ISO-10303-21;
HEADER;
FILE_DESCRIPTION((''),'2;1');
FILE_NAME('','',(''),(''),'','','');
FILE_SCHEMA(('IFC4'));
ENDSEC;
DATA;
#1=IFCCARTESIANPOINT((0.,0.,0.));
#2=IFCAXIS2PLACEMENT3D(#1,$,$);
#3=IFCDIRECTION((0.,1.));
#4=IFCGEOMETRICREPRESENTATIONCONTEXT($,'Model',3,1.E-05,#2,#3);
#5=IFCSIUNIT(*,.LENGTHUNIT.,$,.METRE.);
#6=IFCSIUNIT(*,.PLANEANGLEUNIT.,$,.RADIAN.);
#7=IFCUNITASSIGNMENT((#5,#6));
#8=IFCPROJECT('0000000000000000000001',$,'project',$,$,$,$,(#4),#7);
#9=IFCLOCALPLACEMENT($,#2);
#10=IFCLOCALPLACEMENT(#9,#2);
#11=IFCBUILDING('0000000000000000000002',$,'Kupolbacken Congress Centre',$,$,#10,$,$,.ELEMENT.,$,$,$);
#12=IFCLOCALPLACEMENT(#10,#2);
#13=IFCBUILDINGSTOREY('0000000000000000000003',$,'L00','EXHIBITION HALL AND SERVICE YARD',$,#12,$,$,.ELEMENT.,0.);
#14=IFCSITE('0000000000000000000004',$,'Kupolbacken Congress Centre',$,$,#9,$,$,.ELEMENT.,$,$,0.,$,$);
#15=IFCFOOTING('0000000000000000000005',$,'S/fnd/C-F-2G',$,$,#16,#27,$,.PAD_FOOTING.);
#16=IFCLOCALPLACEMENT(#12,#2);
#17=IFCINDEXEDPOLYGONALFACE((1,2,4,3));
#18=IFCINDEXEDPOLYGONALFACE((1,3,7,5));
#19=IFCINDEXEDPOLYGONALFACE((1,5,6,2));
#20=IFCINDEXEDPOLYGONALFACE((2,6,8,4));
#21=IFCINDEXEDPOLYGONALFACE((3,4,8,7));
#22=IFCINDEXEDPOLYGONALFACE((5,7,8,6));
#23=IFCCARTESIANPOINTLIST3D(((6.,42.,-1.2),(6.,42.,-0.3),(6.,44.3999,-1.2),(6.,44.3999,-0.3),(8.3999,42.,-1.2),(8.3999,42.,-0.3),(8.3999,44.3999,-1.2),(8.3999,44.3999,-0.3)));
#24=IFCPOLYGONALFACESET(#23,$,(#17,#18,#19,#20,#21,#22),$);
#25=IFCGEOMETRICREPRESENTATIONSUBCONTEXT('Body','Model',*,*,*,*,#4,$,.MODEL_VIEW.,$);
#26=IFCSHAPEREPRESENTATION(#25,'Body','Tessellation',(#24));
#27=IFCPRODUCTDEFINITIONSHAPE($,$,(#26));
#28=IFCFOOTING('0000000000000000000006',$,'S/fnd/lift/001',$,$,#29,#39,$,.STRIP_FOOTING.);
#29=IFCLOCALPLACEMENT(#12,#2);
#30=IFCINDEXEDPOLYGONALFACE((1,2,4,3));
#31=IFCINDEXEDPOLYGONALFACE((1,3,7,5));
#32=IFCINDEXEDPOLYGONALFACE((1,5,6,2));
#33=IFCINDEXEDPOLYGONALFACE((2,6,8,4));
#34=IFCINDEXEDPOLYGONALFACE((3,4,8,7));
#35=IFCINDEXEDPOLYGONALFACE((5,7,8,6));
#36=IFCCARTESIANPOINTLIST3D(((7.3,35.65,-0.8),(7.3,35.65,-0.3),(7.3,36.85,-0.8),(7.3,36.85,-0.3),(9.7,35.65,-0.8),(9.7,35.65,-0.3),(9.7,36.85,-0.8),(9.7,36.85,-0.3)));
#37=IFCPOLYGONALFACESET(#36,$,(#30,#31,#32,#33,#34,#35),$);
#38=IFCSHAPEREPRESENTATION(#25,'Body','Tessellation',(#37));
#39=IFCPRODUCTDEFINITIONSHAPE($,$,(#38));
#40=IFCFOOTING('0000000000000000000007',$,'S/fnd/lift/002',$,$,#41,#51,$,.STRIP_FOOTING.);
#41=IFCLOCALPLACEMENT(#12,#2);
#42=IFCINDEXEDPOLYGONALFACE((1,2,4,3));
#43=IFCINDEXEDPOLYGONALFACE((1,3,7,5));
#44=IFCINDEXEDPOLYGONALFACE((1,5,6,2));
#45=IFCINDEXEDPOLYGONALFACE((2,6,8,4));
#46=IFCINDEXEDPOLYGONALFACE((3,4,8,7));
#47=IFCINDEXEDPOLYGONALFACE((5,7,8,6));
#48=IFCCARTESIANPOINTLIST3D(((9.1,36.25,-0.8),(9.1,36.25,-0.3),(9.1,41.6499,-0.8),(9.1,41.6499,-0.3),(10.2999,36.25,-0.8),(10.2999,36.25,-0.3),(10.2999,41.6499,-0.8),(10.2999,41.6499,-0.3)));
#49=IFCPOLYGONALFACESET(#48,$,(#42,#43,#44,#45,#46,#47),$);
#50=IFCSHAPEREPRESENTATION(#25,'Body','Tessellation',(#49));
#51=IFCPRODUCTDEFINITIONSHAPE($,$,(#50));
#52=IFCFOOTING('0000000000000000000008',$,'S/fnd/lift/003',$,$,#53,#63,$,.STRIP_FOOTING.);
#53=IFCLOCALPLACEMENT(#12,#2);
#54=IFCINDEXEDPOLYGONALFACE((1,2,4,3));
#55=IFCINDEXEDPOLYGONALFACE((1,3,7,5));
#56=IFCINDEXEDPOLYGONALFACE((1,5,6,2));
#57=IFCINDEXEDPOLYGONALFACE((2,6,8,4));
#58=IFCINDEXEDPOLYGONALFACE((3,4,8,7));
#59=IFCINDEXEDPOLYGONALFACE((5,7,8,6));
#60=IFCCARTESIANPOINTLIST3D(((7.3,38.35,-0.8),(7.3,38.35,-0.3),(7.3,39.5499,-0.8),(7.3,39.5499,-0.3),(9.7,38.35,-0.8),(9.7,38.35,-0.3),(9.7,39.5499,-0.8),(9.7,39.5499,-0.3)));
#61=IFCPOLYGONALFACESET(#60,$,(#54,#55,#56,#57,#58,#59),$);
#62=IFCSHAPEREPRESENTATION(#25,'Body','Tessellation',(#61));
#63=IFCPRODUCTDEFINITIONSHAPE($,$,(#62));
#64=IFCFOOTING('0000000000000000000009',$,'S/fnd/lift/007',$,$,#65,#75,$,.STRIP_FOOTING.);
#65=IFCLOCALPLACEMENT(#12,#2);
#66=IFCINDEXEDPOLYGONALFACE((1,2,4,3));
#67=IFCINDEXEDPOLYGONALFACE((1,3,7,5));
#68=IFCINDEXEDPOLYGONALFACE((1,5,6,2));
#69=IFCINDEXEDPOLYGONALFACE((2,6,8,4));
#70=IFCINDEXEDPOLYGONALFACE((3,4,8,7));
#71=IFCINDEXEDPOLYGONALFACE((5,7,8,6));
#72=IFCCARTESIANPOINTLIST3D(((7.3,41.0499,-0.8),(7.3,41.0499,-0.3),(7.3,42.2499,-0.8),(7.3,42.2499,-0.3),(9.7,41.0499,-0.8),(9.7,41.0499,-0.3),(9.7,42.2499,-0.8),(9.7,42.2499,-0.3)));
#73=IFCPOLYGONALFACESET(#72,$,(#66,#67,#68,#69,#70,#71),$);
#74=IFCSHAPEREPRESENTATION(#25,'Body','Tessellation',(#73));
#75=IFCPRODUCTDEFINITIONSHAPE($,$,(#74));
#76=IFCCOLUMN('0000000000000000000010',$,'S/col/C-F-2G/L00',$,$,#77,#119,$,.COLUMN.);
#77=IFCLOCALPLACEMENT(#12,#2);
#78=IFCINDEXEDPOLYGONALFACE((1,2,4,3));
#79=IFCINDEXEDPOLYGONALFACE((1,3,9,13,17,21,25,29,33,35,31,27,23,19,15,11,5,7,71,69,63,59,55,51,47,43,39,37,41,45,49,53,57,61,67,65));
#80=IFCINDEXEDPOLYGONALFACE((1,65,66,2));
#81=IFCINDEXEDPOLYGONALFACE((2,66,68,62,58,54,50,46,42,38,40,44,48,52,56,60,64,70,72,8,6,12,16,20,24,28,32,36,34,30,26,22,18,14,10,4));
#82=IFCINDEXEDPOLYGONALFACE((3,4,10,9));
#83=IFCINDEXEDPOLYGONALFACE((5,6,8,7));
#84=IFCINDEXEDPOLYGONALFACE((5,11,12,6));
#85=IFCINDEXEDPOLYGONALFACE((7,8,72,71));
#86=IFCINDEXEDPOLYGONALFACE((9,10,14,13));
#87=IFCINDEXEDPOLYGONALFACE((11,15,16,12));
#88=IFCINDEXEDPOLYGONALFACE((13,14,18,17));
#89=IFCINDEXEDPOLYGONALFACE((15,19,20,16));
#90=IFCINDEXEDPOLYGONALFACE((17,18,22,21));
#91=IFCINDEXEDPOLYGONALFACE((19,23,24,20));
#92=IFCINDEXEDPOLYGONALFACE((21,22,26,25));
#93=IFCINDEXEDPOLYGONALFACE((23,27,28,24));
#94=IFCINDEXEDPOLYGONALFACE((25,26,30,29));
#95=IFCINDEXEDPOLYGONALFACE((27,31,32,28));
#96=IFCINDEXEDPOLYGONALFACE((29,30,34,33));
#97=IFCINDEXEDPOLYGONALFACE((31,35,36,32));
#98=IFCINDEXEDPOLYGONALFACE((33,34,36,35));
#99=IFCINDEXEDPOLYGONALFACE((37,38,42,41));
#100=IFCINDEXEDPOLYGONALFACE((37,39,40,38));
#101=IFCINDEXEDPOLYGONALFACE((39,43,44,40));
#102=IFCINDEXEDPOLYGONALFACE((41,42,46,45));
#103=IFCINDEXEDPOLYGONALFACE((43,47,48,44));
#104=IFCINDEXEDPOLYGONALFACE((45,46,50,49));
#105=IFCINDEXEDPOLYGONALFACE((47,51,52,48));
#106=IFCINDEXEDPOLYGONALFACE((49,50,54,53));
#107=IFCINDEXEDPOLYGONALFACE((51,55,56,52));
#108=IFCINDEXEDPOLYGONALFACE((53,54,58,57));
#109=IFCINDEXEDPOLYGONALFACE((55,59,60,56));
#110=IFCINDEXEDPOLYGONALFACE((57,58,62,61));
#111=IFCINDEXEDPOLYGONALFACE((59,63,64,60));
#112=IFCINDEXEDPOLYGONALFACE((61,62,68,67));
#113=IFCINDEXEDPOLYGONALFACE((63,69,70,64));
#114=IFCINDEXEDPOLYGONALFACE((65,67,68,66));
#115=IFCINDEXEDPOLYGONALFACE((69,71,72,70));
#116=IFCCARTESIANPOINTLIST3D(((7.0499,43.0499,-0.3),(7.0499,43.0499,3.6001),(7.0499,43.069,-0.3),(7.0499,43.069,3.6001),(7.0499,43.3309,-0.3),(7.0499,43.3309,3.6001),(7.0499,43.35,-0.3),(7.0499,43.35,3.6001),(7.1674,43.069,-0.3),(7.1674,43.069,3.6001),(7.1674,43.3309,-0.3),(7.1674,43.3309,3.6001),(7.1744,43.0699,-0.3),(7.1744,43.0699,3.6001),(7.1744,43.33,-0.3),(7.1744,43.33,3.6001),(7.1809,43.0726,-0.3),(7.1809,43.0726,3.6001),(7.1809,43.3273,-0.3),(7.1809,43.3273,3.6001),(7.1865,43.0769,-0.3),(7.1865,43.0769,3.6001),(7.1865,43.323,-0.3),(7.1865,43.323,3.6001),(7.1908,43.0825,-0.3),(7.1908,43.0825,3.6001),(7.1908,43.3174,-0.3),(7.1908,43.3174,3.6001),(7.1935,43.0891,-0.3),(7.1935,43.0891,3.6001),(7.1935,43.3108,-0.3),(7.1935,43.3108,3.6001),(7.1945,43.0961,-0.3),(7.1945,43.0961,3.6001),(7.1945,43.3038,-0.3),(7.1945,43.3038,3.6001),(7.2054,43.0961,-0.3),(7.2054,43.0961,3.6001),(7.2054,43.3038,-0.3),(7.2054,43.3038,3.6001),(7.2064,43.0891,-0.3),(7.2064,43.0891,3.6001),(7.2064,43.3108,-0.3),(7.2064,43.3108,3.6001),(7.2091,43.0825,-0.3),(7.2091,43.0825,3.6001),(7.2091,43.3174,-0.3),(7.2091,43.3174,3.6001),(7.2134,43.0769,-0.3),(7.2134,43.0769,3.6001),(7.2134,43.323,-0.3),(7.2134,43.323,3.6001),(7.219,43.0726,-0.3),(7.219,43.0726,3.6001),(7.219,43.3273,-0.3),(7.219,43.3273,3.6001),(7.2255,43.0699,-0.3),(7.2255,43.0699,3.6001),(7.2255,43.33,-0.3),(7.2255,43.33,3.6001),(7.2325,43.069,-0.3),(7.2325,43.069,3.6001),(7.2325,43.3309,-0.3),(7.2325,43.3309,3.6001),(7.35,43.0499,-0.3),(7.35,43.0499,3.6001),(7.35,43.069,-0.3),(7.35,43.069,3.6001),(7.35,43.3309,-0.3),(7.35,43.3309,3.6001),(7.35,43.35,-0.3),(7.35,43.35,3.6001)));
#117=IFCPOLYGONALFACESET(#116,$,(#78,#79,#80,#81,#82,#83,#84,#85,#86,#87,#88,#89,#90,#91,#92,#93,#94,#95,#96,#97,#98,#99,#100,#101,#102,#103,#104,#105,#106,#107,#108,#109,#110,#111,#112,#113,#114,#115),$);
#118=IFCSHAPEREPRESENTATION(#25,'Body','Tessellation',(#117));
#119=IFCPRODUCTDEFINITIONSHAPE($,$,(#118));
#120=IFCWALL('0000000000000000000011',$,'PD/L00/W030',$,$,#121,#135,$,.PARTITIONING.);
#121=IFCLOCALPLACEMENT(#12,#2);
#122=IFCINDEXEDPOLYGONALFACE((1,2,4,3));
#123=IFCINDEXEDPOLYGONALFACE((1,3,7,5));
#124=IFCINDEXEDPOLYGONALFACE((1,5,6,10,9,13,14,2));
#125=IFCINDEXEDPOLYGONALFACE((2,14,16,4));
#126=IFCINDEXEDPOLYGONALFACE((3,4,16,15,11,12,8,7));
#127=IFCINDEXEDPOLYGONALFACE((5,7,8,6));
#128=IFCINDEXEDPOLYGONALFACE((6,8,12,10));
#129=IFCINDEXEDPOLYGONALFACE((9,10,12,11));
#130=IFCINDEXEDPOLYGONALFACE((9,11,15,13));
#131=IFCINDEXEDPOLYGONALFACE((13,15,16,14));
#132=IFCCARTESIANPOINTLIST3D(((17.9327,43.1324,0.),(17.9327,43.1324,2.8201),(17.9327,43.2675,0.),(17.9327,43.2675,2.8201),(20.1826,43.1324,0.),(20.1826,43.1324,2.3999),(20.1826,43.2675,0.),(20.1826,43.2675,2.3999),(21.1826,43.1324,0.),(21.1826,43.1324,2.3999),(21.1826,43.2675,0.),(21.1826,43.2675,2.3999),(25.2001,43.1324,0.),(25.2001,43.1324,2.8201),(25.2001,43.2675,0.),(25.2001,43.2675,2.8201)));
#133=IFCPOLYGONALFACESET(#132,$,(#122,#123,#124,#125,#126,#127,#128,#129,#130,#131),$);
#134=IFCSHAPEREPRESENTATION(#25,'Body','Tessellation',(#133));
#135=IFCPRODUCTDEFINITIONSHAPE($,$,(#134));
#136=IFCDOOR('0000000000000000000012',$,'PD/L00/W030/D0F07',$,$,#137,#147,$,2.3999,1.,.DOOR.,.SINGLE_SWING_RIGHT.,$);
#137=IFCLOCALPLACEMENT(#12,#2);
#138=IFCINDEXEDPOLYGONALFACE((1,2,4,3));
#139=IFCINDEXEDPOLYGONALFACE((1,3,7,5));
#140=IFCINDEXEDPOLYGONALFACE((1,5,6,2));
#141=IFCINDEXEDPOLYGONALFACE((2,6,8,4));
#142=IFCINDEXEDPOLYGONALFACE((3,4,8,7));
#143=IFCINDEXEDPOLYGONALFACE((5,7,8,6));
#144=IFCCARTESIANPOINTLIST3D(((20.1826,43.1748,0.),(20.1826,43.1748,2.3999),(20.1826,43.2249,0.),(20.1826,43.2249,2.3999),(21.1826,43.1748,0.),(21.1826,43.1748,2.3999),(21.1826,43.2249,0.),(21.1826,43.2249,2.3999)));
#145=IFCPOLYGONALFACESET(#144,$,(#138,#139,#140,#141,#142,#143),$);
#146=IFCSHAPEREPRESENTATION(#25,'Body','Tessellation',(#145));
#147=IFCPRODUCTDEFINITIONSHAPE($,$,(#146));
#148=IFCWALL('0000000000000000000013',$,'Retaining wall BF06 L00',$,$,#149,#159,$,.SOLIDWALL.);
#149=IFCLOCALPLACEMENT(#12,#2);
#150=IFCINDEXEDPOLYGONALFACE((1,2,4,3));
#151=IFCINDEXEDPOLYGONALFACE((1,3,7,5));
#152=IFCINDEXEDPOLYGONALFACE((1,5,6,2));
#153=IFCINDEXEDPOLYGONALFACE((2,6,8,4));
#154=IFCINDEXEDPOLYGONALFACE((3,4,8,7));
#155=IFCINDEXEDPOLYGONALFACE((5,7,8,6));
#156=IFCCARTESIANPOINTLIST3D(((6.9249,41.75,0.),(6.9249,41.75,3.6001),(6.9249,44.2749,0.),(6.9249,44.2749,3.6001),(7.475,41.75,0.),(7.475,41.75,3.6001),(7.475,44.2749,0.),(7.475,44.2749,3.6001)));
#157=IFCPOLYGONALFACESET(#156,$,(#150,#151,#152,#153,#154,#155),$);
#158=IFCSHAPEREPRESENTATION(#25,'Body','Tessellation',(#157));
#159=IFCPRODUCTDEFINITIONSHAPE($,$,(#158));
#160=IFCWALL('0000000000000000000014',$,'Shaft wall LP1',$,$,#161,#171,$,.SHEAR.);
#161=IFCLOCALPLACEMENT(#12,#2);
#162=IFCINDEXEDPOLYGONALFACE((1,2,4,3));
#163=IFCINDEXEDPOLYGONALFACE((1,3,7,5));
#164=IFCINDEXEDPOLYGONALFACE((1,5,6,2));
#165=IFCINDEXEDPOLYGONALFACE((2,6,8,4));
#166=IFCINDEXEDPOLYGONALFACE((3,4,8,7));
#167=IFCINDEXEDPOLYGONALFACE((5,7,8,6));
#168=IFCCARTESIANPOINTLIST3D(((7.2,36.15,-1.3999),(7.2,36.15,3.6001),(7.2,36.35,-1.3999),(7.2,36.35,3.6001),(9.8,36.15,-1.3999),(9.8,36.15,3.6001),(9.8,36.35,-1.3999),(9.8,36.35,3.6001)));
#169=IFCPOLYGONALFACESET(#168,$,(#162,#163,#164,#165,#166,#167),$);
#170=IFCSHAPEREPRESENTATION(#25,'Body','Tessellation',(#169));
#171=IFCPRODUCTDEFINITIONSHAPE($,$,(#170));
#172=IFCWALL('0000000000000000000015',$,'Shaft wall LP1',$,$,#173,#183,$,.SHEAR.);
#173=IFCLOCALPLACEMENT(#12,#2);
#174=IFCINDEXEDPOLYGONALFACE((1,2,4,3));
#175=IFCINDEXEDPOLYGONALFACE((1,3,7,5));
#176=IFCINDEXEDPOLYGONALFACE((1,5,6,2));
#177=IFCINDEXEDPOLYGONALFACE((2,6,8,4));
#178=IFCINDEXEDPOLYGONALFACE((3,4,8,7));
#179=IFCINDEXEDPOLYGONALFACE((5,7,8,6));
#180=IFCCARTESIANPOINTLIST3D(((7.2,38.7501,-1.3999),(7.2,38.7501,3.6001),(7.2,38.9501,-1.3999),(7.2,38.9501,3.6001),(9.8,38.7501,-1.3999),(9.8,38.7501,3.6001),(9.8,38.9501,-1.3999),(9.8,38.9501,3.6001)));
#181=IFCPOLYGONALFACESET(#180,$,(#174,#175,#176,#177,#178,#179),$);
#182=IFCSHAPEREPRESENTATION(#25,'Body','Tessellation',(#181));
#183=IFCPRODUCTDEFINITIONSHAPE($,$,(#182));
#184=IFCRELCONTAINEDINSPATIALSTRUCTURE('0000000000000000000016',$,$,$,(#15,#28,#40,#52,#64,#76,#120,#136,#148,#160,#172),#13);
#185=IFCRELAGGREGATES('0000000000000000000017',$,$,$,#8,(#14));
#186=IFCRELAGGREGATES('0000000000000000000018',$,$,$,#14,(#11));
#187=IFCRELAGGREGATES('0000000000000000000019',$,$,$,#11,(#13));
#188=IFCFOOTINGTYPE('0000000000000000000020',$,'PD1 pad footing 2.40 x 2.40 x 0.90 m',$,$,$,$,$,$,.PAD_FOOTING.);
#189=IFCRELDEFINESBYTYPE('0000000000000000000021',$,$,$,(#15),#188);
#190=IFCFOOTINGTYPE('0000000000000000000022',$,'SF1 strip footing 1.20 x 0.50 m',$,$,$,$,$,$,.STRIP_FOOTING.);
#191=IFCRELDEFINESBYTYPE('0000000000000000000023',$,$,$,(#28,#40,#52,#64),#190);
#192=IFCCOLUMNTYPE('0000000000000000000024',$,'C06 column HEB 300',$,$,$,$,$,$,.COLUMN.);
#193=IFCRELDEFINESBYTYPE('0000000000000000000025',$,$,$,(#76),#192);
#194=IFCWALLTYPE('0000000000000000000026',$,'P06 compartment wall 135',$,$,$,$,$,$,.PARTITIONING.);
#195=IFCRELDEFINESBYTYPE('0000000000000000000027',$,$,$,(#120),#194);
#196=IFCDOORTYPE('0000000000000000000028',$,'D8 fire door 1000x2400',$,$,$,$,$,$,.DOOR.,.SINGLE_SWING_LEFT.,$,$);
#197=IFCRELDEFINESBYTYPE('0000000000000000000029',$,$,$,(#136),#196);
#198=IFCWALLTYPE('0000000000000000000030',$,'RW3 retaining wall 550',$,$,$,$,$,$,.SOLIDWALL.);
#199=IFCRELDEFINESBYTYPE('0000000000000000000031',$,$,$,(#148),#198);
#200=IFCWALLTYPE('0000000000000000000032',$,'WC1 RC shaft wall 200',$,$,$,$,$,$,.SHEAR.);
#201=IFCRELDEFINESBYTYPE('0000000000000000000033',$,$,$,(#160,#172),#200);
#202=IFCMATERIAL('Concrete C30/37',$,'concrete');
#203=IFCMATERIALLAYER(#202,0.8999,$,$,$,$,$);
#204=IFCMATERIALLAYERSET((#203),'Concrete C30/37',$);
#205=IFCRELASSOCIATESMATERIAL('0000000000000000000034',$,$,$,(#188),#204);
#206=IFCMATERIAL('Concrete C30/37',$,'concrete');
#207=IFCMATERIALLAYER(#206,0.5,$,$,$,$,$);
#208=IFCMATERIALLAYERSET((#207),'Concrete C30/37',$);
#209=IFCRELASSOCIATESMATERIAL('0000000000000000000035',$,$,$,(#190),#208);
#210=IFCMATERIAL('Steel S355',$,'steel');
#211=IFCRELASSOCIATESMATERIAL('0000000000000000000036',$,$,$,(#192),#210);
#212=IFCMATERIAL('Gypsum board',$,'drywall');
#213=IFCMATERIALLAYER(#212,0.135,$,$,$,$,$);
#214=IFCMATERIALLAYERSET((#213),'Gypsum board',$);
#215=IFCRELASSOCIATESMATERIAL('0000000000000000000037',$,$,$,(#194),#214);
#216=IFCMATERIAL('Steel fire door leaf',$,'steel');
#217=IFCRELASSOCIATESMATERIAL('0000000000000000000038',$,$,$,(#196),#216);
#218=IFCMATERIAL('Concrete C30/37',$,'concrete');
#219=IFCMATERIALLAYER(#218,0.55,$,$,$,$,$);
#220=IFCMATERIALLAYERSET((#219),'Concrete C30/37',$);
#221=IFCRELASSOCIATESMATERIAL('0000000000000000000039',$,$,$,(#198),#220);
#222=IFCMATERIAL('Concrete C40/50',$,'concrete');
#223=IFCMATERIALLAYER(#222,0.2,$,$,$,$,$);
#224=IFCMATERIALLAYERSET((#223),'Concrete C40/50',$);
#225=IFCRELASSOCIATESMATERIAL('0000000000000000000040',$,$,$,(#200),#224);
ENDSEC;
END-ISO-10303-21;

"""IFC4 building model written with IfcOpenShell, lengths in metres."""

from ifc_helpers import new_model, si_unit, direction, frame, frame_2d, origin, origin_2d, place, context, subcontext, project, spatial, rectangle, i_section, extrude, material, layer, layer_set, material_profile, profile_set, type_object, element, fill, save


model = new_model("IFC4")

# Units and contexts
model_context = context("Model", 3, precision=1e-05, world=origin(), true_north=direction((0.0, 1.0)))
body_context = subcontext(model_context, "Body", "Model", "MODEL_VIEW")
ifc_project = project(units=[si_unit("LENGTHUNIT", "METRE"), si_unit("PLANEANGLEUNIT", "RADIAN")], contexts=[model_context])

# Site, building, storey
site_placement = place(None, origin())
site = spatial("IfcSite", under=ifc_project, at=site_placement, Name="Kupolbacken Congress Centre", CompositionType="ELEMENT", RefElevation=0.0)
building_placement = place(site_placement, origin())
building = spatial("IfcBuilding", under=site, at=building_placement, Name="Kupolbacken Congress Centre", CompositionType="ELEMENT")
storey_placement = place(building_placement, origin())
storey = spatial("IfcBuildingStorey", under=building, at=storey_placement, Name="L00", Description="EXHIBITION HALL AND SERVICE YARD", CompositionType="ELEMENT", Elevation=0.0)

# Footings
ifc_material_1 = material(Name="Concrete C30/37", Category="concrete")
ifc_layer_1 = layer(ifc_material_1, 0.8999)
ifc_layer_set_1 = layer_set([ifc_layer_1], Name="Concrete C30/37")
footing_type_1 = type_object("IfcFootingType", Name="PD1 pad footing 2.40 x 2.40 x 0.90 m", PredefinedType="PAD_FOOTING", material=ifc_layer_set_1)
footing_1_placement = place(storey_placement, frame((7.2, 43.2, -1.2), z_axis=(0.0, 0.0, 1.0), x_axis=(1.0, 0.0, 0.0)))
element("IfcFooting", 1, at=footing_1_placement, inside=storey, type_object=footing_type_1, Name="S/fnd/C-F-2G", PredefinedType="PAD_FOOTING", context=body_context, shape_type="SweptSolid", body=[
    extrude(rectangle(XDim=2.3999, YDim=2.3999, at=origin_2d()), origin(), (0.0, 0.0, 1.0), 0.8999),
])
ifc_material_2 = material(Name="Concrete C30/37", Category="concrete")
ifc_layer_2 = layer(ifc_material_2, 0.5)
ifc_layer_set_2 = layer_set([ifc_layer_2], Name="Concrete C30/37")
footing_type_2 = type_object("IfcFootingType", Name="SF1 strip footing 1.20 x 0.50 m", PredefinedType="STRIP_FOOTING", material=ifc_layer_set_2)
footing_2_placement = place(storey_placement, frame((8.5, 36.25, -0.8), z_axis=(0.0, 0.0, 1.0), x_axis=(1.0, 0.0, 0.0)))
element("IfcFooting", 2, at=footing_2_placement, inside=storey, type_object=footing_type_2, Name="S/fnd/lift/001", PredefinedType="STRIP_FOOTING", context=body_context, shape_type="SweptSolid", body=[
    extrude(rectangle(XDim=2.3999, YDim=1.2, at=origin_2d()), origin(), (0.0, 0.0, 1.0), 0.5),
])
footing_3_placement = place(storey_placement, frame((9.7, 38.95, -0.8), z_axis=(0.0, 0.0, 1.0), x_axis=(0.0, 1.0, 0.0)))
element("IfcFooting", 3, at=footing_3_placement, inside=storey, type_object=footing_type_2, Name="S/fnd/lift/002", PredefinedType="STRIP_FOOTING", context=body_context, shape_type="SweptSolid", body=[
    extrude(rectangle(XDim=5.3999, YDim=1.2, at=origin_2d()), origin(), (0.0, 0.0, 1.0), 0.5),
])
for number, where, z_axis, x_axis, name in (
    (4, (8.5, 38.95, -0.8), (0.0, 0.0, 1.0), (1.0, 0.0, 0.0), "S/fnd/lift/003"),
    (5, (8.5, 41.6499, -0.8), (0.0, 0.0, 1.0), (1.0, 0.0, 0.0), "S/fnd/lift/007"),
):
    element("IfcFooting", number, at=place(storey_placement, frame(where, z_axis=z_axis, x_axis=x_axis)), inside=storey, type_object=footing_type_2, Name=name, PredefinedType="STRIP_FOOTING", context=body_context, shape_type="SweptSolid", body=[
        extrude(rectangle(XDim=2.3999, YDim=1.2, at=origin_2d()), origin(), (0.0, 0.0, 1.0), 0.5),
    ])

# Column
ifc_material_3 = material(Name="Steel S355", Category="steel")
ifc_material_profile = material_profile(ifc_material_3, i_section(OverallWidth=0.3, OverallDepth=0.3, WebThickness=0.011, FlangeThickness=0.019, FilletRadius=0.0271, at=origin_2d()), Name="HEB 300")
ifc_profile_set = profile_set([ifc_material_profile], Name="Steel S355")
column_type = type_object("IfcColumnType", Name="C06 column HEB 300", PredefinedType="COLUMN", material=ifc_profile_set)
column_placement = place(storey_placement, frame((7.2, 43.2, -0.3), z_axis=(0.0, 0.0, 1.0), x_axis=(1.0, 0.0, 0.0)))
element("IfcColumn", 6, at=column_placement, inside=storey, type_object=column_type, Name="S/col/C-F-2G/L00", PredefinedType="COLUMN", context=body_context, shape_type="SweptSolid", body=[
    extrude(i_section(OverallWidth=0.3, OverallDepth=0.3, WebThickness=0.011, FlangeThickness=0.019, FilletRadius=0.0271, at=origin_2d()), origin(), (0.0, 0.0, 1.0), 3.9001),
])

# Wall, opening, door
ifc_material_4 = material(Name="Gypsum board", Category="drywall")
ifc_layer_3 = layer(ifc_material_4, 0.135)
ifc_layer_set_3 = layer_set([ifc_layer_3], Name="Gypsum board")
wall_type_1 = type_object("IfcWallType", Name="P06 compartment wall 135", PredefinedType="PARTITIONING", material=ifc_layer_set_3)
wall_1_placement = place(storey_placement, frame((17.9326, 43.2, 0.0), z_axis=(0.0, 0.0, 1.0), x_axis=(1.0, 0.0, 0.0)))
wall_1 = element("IfcWall", 7, at=wall_1_placement, inside=storey, type_object=wall_type_1, Name="PD/L00/W030", PredefinedType="PARTITIONING", context=body_context, shape_type="SweptSolid", body=[
    extrude(rectangle(XDim=7.2673, YDim=0.135, at=frame_2d((3.6338, 0.0))), origin(), (0.0, 0.0, 1.0), 2.8201),
])
opening_1_placement = place(wall_1_placement, frame((2.25, 0.0, 0.0)))
opening_1 = element("IfcOpeningElement", 8, at=opening_1_placement, cuts=wall_1, PredefinedType="OPENING", context=body_context, shape_type="SweptSolid", body=[
    extrude(rectangle(XDim=1.0, YDim=2.3999, at=frame_2d((0.5, 1.2))), frame((0.0, 0.0774, 0.0), z_axis=(0.0, -1.0, 0.0), x_axis=(1.0, 0.0, 0.0)), (0.0, 0.0, 1.0), 0.155),
])
ifc_material_5 = material(Name="Steel fire door leaf", Category="steel")
door_type_1 = type_object("IfcDoorType", Name="D8 fire door 1000x2400", OperationType="SINGLE_SWING_LEFT", PredefinedType="DOOR", material=ifc_material_5)
door_1_placement = place(opening_1_placement, origin())
door_1 = element("IfcDoor", 9, at=door_1_placement, inside=storey, type_object=door_type_1, Name="PD/L00/W030/D0F07", OperationType="SINGLE_SWING_RIGHT", OverallHeight=2.3999, OverallWidth=1.0, PredefinedType="DOOR", context=body_context, shape_type="SweptSolid", body=[
    extrude(rectangle(XDim=1.0, YDim=2.3999, at=frame_2d((0.5, 1.2))), frame((0.0, 0.0249, 0.0), z_axis=(0.0, -1.0, 0.0), x_axis=(1.0, 0.0, 0.0)), (0.0, 0.0, 1.0), 0.05),
])
fill(opening_1, door_1)

# Walls
ifc_material_6 = material(Name="Concrete C30/37", Category="concrete")
ifc_layer_4 = layer(ifc_material_6, 0.55)
ifc_layer_set_4 = layer_set([ifc_layer_4], Name="Concrete C30/37")
wall_type_2 = type_object("IfcWallType", Name="RW3 retaining wall 550", PredefinedType="SOLIDWALL", material=ifc_layer_set_4)
wall_2_placement = place(storey_placement, frame((7.2, 41.75, 0.0), z_axis=(0.0, 0.0, 1.0), x_axis=(0.0, 1.0, 0.0)))
element("IfcWall", 10, at=wall_2_placement, inside=storey, type_object=wall_type_2, Name="Retaining wall BF06 L00", PredefinedType="SOLIDWALL", context=body_context, shape_type="SweptSolid", body=[
    extrude(rectangle(XDim=2.5249, YDim=0.55, at=frame_2d((1.2625, 0.0))), origin(), (0.0, 0.0, 1.0), 3.6001),
])
ifc_material_7 = material(Name="Concrete C40/50", Category="concrete")
ifc_layer_5 = layer(ifc_material_7, 0.2)
ifc_layer_set_5 = layer_set([ifc_layer_5], Name="Concrete C40/50")
wall_type_3 = type_object("IfcWallType", Name="WC1 RC shaft wall 200", PredefinedType="SHEAR", material=ifc_layer_set_5)
for number, where, z_axis, x_axis, name in (
    (11, (7.2, 36.25, -1.3999), (0.0, 0.0, 1.0), (1.0, 0.0, 0.0), "Shaft wall LP1"),
    (12, (7.2, 38.8501, -1.3999), (0.0, 0.0, 1.0), (1.0, 0.0, 0.0), "Shaft wall LP1"),
):
    element("IfcWall", number, at=place(storey_placement, frame(where, z_axis=z_axis, x_axis=x_axis)), inside=storey, type_object=wall_type_3, Name=name, PredefinedType="SHEAR", context=body_context, shape_type="SweptSolid", body=[
        extrude(rectangle(XDim=2.6001, YDim=0.2, at=frame_2d((1.3, 0.0))), origin(), (0.0, 0.0, 1.0), 5.0),
    ])

save(model, "model.ifc")
